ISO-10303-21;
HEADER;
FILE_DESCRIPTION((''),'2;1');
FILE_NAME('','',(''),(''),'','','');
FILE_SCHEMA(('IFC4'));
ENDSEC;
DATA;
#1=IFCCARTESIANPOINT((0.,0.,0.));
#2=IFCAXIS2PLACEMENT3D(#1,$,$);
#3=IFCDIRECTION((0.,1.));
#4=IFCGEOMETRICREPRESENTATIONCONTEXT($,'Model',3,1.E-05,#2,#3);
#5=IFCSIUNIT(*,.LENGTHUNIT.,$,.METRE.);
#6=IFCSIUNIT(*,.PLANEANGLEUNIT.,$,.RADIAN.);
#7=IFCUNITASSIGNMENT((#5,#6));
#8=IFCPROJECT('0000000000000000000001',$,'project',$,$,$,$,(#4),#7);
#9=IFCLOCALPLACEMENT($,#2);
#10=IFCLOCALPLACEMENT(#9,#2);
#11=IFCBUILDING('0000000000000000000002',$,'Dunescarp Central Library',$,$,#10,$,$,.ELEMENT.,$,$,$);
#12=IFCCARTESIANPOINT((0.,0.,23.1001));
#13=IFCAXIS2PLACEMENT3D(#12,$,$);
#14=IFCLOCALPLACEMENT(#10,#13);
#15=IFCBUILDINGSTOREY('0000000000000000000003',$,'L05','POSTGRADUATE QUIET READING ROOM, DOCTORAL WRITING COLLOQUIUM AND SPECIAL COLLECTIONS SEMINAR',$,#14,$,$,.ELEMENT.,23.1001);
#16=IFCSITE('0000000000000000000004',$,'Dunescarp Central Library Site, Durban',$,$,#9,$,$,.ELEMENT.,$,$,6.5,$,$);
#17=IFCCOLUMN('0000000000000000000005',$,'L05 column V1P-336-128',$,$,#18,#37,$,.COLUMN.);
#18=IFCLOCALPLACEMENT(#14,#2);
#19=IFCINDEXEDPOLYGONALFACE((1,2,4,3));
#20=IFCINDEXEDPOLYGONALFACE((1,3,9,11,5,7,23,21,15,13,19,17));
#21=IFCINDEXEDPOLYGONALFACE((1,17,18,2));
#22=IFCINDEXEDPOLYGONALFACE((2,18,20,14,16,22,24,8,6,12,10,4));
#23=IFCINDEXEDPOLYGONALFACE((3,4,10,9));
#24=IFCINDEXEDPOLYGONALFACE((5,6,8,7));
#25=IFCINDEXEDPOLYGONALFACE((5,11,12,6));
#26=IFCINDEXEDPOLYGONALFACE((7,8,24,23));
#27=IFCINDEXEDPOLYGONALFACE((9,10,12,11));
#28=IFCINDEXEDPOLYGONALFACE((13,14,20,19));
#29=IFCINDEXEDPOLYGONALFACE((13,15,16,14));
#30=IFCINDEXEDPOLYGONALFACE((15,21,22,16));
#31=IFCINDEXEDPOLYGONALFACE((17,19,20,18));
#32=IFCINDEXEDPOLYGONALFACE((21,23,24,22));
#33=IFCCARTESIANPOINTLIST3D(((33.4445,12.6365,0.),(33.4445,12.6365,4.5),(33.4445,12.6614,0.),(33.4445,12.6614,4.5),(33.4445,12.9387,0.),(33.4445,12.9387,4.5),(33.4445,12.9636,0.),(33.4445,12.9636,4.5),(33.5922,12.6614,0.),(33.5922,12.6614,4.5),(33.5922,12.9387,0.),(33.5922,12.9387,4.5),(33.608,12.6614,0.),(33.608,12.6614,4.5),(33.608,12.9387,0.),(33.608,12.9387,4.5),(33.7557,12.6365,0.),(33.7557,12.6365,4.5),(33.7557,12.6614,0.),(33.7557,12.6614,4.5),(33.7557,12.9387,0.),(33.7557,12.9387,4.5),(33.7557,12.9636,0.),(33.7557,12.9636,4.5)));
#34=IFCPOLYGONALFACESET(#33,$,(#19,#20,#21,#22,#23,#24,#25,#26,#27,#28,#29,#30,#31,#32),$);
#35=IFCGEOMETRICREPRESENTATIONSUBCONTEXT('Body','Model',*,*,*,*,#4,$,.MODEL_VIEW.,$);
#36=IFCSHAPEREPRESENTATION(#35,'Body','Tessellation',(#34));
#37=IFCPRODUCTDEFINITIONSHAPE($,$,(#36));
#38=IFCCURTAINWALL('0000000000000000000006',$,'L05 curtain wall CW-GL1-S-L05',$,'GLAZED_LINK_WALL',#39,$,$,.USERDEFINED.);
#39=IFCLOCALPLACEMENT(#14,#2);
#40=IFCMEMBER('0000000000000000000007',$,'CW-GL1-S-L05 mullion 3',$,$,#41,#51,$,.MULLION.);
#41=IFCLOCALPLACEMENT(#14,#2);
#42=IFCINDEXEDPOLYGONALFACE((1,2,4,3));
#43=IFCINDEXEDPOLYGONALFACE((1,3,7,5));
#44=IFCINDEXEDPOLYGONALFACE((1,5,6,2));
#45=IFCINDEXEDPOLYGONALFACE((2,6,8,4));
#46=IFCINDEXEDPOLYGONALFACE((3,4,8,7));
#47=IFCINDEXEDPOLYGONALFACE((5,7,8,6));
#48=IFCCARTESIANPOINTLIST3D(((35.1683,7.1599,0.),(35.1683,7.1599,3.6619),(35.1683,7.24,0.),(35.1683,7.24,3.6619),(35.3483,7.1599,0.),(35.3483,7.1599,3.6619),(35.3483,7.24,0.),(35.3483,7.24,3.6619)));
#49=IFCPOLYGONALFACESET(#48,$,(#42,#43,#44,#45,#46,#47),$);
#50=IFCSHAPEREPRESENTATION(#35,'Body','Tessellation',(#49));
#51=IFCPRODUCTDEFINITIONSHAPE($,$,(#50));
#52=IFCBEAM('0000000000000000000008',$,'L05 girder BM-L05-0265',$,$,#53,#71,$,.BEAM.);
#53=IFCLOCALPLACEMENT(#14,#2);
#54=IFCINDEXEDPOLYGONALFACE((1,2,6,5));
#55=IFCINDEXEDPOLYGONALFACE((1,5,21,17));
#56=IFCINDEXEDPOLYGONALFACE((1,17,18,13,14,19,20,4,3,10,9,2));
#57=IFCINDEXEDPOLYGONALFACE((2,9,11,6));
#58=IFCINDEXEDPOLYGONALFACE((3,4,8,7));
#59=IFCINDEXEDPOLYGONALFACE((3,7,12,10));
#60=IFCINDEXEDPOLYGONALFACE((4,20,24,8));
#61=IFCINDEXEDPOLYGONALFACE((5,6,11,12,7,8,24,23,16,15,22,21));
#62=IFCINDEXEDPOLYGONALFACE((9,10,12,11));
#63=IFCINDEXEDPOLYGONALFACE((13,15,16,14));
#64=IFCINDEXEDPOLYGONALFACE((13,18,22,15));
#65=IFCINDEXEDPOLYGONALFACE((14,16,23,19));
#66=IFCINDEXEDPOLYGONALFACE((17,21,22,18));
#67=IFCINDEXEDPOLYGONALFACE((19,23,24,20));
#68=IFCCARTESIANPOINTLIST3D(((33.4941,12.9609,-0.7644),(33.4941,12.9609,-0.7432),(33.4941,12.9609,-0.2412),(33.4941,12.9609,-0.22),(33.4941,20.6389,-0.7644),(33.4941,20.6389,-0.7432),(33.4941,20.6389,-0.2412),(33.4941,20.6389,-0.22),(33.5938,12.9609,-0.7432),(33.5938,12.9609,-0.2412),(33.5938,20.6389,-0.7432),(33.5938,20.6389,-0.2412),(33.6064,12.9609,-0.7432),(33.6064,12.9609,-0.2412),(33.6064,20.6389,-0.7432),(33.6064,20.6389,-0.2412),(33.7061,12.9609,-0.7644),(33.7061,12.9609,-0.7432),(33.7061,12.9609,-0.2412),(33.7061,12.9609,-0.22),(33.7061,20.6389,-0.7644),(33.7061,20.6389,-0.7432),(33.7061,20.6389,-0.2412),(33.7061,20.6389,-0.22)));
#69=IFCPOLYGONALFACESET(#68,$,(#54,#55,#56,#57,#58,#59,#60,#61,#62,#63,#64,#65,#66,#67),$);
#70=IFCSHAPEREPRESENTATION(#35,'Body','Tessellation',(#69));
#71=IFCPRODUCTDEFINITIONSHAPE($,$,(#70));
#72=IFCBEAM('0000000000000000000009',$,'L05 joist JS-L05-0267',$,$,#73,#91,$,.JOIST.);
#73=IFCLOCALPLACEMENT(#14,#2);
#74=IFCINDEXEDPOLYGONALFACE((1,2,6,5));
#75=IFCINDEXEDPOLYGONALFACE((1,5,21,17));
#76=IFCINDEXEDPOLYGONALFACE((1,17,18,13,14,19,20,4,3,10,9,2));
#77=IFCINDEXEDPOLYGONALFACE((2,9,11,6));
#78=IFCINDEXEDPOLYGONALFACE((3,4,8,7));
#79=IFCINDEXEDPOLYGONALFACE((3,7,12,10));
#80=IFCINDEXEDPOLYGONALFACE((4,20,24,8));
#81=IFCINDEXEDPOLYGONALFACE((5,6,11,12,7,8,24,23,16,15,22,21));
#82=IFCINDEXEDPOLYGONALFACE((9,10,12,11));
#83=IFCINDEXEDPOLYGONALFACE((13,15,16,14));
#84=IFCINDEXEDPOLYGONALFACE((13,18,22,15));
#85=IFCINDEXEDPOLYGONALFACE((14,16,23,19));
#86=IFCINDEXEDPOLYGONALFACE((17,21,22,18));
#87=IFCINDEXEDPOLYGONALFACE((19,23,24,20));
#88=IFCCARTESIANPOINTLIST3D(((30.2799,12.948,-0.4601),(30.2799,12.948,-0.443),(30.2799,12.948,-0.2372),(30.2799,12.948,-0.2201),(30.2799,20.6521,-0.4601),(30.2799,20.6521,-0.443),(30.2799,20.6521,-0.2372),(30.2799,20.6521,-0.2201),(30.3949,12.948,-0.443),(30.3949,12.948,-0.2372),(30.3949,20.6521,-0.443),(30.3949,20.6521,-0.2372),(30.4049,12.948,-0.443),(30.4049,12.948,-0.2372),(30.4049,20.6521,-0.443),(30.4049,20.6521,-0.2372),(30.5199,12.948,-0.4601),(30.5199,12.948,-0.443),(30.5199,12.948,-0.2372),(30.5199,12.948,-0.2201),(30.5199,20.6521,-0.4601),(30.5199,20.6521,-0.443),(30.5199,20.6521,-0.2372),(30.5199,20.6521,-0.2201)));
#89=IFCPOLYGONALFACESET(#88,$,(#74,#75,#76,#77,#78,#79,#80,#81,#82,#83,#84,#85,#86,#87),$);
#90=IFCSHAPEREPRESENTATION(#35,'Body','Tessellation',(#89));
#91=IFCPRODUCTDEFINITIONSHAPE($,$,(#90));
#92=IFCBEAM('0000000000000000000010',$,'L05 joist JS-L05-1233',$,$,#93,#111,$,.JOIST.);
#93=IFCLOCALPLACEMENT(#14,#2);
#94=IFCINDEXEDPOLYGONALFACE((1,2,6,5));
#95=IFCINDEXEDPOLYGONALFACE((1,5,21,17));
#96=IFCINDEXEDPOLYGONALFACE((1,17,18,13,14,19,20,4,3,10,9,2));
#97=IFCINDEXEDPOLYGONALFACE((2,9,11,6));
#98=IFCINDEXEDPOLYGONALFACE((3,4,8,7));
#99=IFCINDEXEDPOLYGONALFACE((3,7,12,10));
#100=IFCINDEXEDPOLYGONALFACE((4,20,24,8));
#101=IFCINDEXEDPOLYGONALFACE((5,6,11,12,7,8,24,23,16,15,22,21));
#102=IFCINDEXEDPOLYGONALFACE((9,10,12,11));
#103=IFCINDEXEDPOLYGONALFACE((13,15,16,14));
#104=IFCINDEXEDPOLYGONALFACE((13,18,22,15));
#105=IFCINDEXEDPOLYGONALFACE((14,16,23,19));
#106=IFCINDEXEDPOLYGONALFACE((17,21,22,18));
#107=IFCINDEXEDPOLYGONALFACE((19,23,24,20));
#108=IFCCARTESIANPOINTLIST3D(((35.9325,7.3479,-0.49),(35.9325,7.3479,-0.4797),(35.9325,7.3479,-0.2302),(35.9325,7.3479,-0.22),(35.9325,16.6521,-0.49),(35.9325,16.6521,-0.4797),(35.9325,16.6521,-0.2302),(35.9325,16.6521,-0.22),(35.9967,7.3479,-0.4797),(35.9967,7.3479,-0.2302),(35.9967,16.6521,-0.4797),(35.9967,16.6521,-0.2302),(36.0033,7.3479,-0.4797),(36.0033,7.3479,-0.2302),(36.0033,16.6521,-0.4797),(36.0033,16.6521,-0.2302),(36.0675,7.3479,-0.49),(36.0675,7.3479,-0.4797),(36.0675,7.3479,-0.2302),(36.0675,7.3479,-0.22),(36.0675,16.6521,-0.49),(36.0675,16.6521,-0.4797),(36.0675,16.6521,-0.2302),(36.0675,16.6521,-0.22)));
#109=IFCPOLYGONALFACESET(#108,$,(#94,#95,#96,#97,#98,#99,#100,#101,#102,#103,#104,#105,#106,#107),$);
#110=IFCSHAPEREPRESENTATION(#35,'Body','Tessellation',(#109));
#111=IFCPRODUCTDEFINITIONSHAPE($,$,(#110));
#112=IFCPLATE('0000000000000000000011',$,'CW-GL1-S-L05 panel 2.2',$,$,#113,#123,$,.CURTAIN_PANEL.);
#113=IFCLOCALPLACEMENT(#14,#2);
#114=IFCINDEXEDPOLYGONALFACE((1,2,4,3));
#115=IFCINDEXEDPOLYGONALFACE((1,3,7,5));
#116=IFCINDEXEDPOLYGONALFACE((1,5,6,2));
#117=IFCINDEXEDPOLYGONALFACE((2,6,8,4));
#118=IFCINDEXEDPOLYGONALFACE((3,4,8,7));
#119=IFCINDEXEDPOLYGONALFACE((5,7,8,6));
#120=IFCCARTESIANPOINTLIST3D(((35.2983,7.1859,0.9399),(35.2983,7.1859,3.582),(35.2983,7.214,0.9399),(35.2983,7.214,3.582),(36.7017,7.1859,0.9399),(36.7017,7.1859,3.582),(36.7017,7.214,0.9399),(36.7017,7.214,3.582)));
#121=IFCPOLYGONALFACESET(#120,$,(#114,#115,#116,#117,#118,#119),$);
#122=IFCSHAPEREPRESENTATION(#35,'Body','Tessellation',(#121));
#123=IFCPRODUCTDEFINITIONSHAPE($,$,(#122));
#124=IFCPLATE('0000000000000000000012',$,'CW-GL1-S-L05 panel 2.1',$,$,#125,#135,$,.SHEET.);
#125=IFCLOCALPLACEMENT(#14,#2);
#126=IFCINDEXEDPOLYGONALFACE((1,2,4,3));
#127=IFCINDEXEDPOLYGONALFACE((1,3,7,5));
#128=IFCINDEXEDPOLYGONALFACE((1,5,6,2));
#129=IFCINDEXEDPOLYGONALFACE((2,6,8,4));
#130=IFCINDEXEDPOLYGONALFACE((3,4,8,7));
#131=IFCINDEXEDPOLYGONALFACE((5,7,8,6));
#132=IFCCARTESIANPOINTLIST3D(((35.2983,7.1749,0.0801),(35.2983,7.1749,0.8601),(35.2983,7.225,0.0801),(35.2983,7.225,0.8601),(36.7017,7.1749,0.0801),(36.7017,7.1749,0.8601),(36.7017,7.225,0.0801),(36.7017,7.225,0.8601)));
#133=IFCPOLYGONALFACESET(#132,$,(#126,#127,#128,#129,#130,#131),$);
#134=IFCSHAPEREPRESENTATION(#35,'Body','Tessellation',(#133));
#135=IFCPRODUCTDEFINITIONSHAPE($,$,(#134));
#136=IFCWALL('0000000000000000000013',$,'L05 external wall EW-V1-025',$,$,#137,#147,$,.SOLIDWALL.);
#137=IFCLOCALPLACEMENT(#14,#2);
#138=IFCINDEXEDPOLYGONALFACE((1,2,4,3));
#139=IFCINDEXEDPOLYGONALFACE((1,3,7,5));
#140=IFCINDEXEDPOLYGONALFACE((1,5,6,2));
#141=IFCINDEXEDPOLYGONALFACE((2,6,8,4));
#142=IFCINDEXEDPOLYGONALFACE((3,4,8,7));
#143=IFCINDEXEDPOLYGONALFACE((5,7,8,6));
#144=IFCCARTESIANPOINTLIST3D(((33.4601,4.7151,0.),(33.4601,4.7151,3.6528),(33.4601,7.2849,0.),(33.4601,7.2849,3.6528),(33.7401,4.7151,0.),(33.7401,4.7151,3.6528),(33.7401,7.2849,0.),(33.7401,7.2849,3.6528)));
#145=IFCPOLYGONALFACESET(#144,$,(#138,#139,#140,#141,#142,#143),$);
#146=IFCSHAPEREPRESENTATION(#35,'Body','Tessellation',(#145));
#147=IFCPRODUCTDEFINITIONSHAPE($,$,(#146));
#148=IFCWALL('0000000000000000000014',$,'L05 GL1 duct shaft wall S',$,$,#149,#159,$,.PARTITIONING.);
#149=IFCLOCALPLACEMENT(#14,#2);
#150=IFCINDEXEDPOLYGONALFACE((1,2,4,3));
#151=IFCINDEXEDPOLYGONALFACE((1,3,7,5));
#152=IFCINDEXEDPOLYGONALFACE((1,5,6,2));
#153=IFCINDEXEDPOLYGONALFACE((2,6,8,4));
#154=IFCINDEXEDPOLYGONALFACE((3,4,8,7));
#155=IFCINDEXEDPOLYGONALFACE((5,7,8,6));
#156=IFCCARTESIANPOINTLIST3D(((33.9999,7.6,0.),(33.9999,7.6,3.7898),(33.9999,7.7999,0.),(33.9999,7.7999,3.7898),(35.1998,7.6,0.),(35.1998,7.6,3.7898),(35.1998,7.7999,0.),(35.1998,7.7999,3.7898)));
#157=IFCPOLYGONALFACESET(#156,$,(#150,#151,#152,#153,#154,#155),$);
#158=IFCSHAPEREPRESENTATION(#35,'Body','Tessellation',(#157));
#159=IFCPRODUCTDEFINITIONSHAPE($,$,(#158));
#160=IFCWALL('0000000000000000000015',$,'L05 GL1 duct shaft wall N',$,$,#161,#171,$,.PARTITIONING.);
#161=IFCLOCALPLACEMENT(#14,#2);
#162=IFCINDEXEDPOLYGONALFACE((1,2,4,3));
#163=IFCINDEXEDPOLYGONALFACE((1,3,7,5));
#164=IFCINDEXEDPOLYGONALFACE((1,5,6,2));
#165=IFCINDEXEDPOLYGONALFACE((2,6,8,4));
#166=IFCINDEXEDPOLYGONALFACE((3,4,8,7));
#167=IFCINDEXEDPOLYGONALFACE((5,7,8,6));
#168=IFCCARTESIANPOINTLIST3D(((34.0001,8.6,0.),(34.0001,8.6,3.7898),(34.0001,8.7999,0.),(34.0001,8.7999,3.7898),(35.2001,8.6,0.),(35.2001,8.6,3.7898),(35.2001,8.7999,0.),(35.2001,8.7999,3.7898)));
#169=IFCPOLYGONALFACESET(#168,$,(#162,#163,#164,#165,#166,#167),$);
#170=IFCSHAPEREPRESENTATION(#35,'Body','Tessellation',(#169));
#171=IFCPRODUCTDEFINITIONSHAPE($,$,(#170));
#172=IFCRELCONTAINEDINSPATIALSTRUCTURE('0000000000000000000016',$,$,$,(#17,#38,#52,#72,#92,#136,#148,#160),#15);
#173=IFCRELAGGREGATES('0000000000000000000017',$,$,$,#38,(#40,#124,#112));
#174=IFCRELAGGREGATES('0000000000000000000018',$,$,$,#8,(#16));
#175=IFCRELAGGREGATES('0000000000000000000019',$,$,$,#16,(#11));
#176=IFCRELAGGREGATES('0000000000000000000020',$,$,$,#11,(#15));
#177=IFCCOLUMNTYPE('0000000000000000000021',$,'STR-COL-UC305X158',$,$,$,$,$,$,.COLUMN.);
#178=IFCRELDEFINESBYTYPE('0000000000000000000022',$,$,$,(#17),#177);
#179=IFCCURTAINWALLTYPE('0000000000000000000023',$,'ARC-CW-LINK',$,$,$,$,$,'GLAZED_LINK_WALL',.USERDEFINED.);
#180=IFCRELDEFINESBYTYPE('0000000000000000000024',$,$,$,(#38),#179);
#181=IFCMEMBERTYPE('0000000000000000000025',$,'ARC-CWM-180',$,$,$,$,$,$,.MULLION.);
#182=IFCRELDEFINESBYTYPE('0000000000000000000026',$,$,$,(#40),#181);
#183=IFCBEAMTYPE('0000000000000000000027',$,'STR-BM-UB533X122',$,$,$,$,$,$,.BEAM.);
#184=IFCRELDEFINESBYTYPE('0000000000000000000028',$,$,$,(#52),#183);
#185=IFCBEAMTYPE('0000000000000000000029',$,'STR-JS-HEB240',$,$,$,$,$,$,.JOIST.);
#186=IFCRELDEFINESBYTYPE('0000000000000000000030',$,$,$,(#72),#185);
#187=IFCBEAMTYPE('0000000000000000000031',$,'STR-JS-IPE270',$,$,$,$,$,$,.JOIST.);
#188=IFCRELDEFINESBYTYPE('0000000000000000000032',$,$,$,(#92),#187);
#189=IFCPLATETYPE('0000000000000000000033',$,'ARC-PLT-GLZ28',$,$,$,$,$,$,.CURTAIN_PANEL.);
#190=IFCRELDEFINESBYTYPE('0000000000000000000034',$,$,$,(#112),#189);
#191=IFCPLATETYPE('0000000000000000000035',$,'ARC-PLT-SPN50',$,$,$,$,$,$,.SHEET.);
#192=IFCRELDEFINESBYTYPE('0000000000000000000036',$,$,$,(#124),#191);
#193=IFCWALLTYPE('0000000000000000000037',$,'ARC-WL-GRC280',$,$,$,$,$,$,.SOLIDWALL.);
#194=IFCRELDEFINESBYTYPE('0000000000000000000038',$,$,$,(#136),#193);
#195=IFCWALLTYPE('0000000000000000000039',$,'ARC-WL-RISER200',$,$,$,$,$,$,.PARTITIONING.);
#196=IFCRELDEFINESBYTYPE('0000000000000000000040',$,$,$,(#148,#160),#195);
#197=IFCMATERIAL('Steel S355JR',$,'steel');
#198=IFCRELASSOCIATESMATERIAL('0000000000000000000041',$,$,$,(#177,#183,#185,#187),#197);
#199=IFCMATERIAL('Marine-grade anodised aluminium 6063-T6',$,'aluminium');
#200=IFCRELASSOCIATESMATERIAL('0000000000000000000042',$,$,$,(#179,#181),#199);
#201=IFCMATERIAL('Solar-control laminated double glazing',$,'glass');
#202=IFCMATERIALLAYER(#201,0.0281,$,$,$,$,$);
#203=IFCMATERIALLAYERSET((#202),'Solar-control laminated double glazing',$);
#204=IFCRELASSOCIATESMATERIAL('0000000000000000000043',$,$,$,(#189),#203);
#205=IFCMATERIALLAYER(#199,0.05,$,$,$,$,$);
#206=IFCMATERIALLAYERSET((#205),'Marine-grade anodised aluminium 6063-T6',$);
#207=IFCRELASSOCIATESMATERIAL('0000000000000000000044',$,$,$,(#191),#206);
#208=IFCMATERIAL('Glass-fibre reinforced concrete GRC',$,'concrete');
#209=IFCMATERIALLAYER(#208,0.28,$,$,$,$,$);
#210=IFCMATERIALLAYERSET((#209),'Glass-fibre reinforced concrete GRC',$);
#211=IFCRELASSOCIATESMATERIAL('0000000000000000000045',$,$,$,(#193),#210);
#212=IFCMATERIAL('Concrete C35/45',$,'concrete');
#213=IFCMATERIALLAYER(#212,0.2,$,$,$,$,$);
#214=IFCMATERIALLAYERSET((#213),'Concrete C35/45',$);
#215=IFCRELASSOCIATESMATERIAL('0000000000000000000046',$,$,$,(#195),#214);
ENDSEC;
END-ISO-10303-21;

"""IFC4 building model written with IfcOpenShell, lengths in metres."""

from ifc_helpers import new_model, si_unit, direction, frame, frame_2d, origin, origin_2d, place, context, subcontext, project, spatial, rectangle, i_section, extrude, material, layer, layer_set, material_profile, profile_set, type_object, element, aggregate, save


model = new_model("IFC4")

# Units and contexts
model_context = context("Model", 3, precision=1e-05, world=origin(), true_north=direction((0.0, 1.0)))
body_context = subcontext(model_context, "Body", "Model", "MODEL_VIEW")
ifc_project = project(units=[si_unit("LENGTHUNIT", "METRE"), si_unit("PLANEANGLEUNIT", "RADIAN")], contexts=[model_context])

# Site, building, storey
site_placement = place(None, origin())
site = spatial("IfcSite", under=ifc_project, at=site_placement, Name="Dunescarp Central Library Site, Durban", CompositionType="ELEMENT", RefElevation=6.5)
building_placement = place(site_placement, origin())
building = spatial("IfcBuilding", under=site, at=building_placement, Name="Dunescarp Central Library", CompositionType="ELEMENT")
storey_placement = place(building_placement, frame((0.0, 0.0, 23.1001)))
storey = spatial("IfcBuildingStorey", under=building, at=storey_placement, Name="L05", Description="POSTGRADUATE QUIET READING ROOM, DOCTORAL WRITING COLLOQUIUM AND SPECIAL COLLECTIONS SEMINAR", CompositionType="ELEMENT", Elevation=23.1001)

# Column
ifc_material_1 = material(Name="Steel S355JR", Category="steel")
ifc_material_profile_1 = material_profile(ifc_material_1, i_section(OverallWidth=0.3113, OverallDepth=0.3271, WebThickness=0.0159, FlangeThickness=0.0249, at=origin_2d()), Name="UC 305x305x158")
ifc_profile_set_1 = profile_set([ifc_material_profile_1], Name="Steel S355JR")
column_type = type_object("IfcColumnType", Name="STR-COL-UC305X158", PredefinedType="COLUMN", material=ifc_profile_set_1)
column_placement = place(storey_placement, frame((33.6001, 12.8, 0.0), z_axis=(0.0, 0.0, 1.0), x_axis=(1.0, 0.0, 0.0)))
element("IfcColumn", 1, at=column_placement, inside=storey, type_object=column_type, Name="L05 column V1P-336-128", PredefinedType="COLUMN", context=body_context, shape_type="SweptSolid", body=[
    extrude(i_section(OverallWidth=0.3113, OverallDepth=0.3271, WebThickness=0.0159, FlangeThickness=0.0249, at=origin_2d()), origin(), (0.0, 0.0, 1.0), 4.5),
])

# Curtain wall, member
ifc_material_2 = material(Name="Marine-grade anodised aluminium 6063-T6", Category="aluminium")
curtain_wall_type = type_object("IfcCurtainWallType", Name="ARC-CW-LINK", ElementType="GLAZED_LINK_WALL", PredefinedType="USERDEFINED", material=ifc_material_2)
curtain_wall_placement = place(storey_placement, origin())
curtain_wall = element("IfcCurtainWall", 2, at=curtain_wall_placement, inside=storey, type_object=curtain_wall_type, Name="L05 curtain wall CW-GL1-S-L05", ObjectType="GLAZED_LINK_WALL", PredefinedType="USERDEFINED")
ifc_material_profile_2 = material_profile(ifc_material_2, rectangle(XDim=0.0801, YDim=0.1799, at=origin_2d()), Name="AL 80x180")
ifc_profile_set_2 = profile_set([ifc_material_profile_2], Name="Marine-grade anodised aluminium 6063-T6")
member_type = type_object("IfcMemberType", Name="ARC-CWM-180", PredefinedType="MULLION", material=ifc_profile_set_2)
member_placement = place(storey_placement, frame((35.2583, 7.2, 0.0), z_axis=(0.0, 0.0, 1.0), x_axis=(0.0, -1.0, 0.0)))
member = element("IfcMember", 3, at=member_placement, type_object=member_type, Name="CW-GL1-S-L05 mullion 3", PredefinedType="MULLION", context=body_context, shape_type="SweptSolid", body=[
    extrude(rectangle(XDim=0.0801, YDim=0.1799, at=origin_2d()), origin(), (0.0, 0.0, 1.0), 3.6619),
])

# Beams
ifc_material_profile_3 = material_profile(ifc_material_1, i_section(OverallWidth=0.2119, OverallDepth=0.5444, WebThickness=0.0127, FlangeThickness=0.0212, at=origin_2d()), Name="UB 533x210x122")
ifc_profile_set_3 = profile_set([ifc_material_profile_3], Name="Steel S355JR")
beam_type_1 = type_object("IfcBeamType", Name="STR-BM-UB533X122", PredefinedType="BEAM", material=ifc_profile_set_3)
beam_1_placement = place(storey_placement, frame((33.6001, 12.9609, -0.4922), z_axis=(0.0, 1.0, 0.0), x_axis=(-1.0, 0.0, 0.0)))
element("IfcBeam", 4, at=beam_1_placement, inside=storey, type_object=beam_type_1, Name="L05 girder BM-L05-0265", PredefinedType="BEAM", context=body_context, shape_type="SweptSolid", body=[
    extrude(i_section(OverallWidth=0.2119, OverallDepth=0.5444, WebThickness=0.0127, FlangeThickness=0.0212, at=origin_2d()), origin(), (0.0, 0.0, 1.0), 7.678),
])
ifc_material_profile_4 = material_profile(ifc_material_1, i_section(OverallWidth=0.24, OverallDepth=0.24, WebThickness=0.01, FlangeThickness=0.0171, at=origin_2d()), Name="HEB 240")
ifc_profile_set_4 = profile_set([ifc_material_profile_4], Name="Steel S355JR")
beam_type_2 = type_object("IfcBeamType", Name="STR-JS-HEB240", PredefinedType="JOIST", material=ifc_profile_set_4)
beam_2_placement = place(storey_placement, frame((30.3999, 12.948, -0.3401), z_axis=(0.0, 1.0, 0.0), x_axis=(-1.0, 0.0, 0.0)))
element("IfcBeam", 5, at=beam_2_placement, inside=storey, type_object=beam_type_2, Name="L05 joist JS-L05-0267", PredefinedType="JOIST", context=body_context, shape_type="SweptSolid", body=[
    extrude(i_section(OverallWidth=0.24, OverallDepth=0.24, WebThickness=0.01, FlangeThickness=0.0171, at=origin_2d()), origin(), (0.0, 0.0, 1.0), 7.7041),
])
ifc_material_profile_5 = material_profile(ifc_material_1, i_section(OverallWidth=0.135, OverallDepth=0.27, WebThickness=0.0066, FlangeThickness=0.0103, at=origin_2d()), Name="IPE 270")
ifc_profile_set_5 = profile_set([ifc_material_profile_5], Name="Steel S355JR")
beam_type_3 = type_object("IfcBeamType", Name="STR-JS-IPE270", PredefinedType="JOIST", material=ifc_profile_set_5)
beam_3_placement = place(storey_placement, frame((36.0, 7.3479, -0.355), z_axis=(0.0, 1.0, 0.0), x_axis=(-1.0, 0.0, 0.0)))
element("IfcBeam", 6, at=beam_3_placement, inside=storey, type_object=beam_type_3, Name="L05 joist JS-L05-1233", PredefinedType="JOIST", context=body_context, shape_type="SweptSolid", body=[
    extrude(i_section(OverallWidth=0.135, OverallDepth=0.27, WebThickness=0.0066, FlangeThickness=0.0103, at=origin_2d()), origin(), (0.0, 0.0, 1.0), 9.3042),
])

# Plates
ifc_material_3 = material(Name="Solar-control laminated double glazing", Category="glass")
ifc_layer_1 = layer(ifc_material_3, 0.0281)
ifc_layer_set_1 = layer_set([ifc_layer_1], Name="Solar-control laminated double glazing")
plate_type_1 = type_object("IfcPlateType", Name="ARC-PLT-GLZ28", PredefinedType="CURTAIN_PANEL", material=ifc_layer_set_1)
plate_1_placement = place(storey_placement, frame((36.0, 7.2, 0.9399), z_axis=(0.0, 0.0, 1.0), x_axis=(-1.0, 0.0, 0.0)))
plate_1 = element("IfcPlate", 7, at=plate_1_placement, type_object=plate_type_1, Name="CW-GL1-S-L05 panel 2.2", PredefinedType="CURTAIN_PANEL", context=body_context, shape_type="SweptSolid", body=[
    extrude(rectangle(XDim=1.4033, YDim=0.0281, at=origin_2d()), origin(), (0.0, 0.0, 1.0), 2.6421),
])
ifc_layer_2 = layer(ifc_material_2, 0.05)
ifc_layer_set_2 = layer_set([ifc_layer_2], Name="Marine-grade anodised aluminium 6063-T6")
plate_type_2 = type_object("IfcPlateType", Name="ARC-PLT-SPN50", PredefinedType="SHEET", material=ifc_layer_set_2)
plate_2_placement = place(storey_placement, frame((36.0, 7.2, 0.0801), z_axis=(0.0, 0.0, 1.0), x_axis=(-1.0, 0.0, 0.0)))
plate_2 = element("IfcPlate", 8, at=plate_2_placement, type_object=plate_type_2, Name="CW-GL1-S-L05 panel 2.1", PredefinedType="SHEET", context=body_context, shape_type="SweptSolid", body=[
    extrude(rectangle(XDim=1.4033, YDim=0.05, at=origin_2d()), origin(), (0.0, 0.0, 1.0), 0.78),
])
aggregate(curtain_wall, [member, plate_2, plate_1])

# Walls
ifc_material_4 = material(Name="Glass-fibre reinforced concrete GRC", Category="concrete")
ifc_layer_3 = layer(ifc_material_4, 0.28)
ifc_layer_set_3 = layer_set([ifc_layer_3], Name="Glass-fibre reinforced concrete GRC")
wall_type_1 = type_object("IfcWallType", Name="ARC-WL-GRC280", PredefinedType="SOLIDWALL", material=ifc_layer_set_3)
wall_1_placement = place(storey_placement, frame((33.6001, 7.2849, 0.0), z_axis=(0.0, 0.0, 1.0), x_axis=(0.0, -1.0, 0.0)))
element("IfcWall", 9, at=wall_1_placement, inside=storey, type_object=wall_type_1, Name="L05 external wall EW-V1-025", PredefinedType="SOLIDWALL", context=body_context, shape_type="SweptSolid", body=[
    extrude(rectangle(XDim=2.5698, YDim=0.28, at=frame_2d((1.2849, 0.0))), origin(), (0.0, 0.0, 1.0), 3.6528),
])
ifc_material_5 = material(Name="Concrete C35/45", Category="concrete")
ifc_layer_4 = layer(ifc_material_5, 0.2)
ifc_layer_set_4 = layer_set([ifc_layer_4], Name="Concrete C35/45")
wall_type_2 = type_object("IfcWallType", Name="ARC-WL-RISER200", PredefinedType="PARTITIONING", material=ifc_layer_set_4)
for number, where, z_axis, x_axis, name in (
    (10, (35.2, 7.7, 0.0), (0.0, 0.0, 1.0), (-1.0, 0.0, 0.0), "L05 GL1 duct shaft wall S"),
    (11, (34.0, 8.7, 0.0), (0.0, 0.0, 1.0), (1.0, 0.0, 0.0), "L05 GL1 duct shaft wall N"),
):
    element("IfcWall", number, at=place(storey_placement, frame(where, z_axis=z_axis, x_axis=x_axis)), inside=storey, type_object=wall_type_2, Name=name, PredefinedType="PARTITIONING", context=body_context, shape_type="SweptSolid", body=[
        extrude(rectangle(XDim=1.2, YDim=0.2, at=frame_2d((0.6001, 0.0))), origin(), (0.0, 0.0, 1.0), 3.7898),
    ])

save(model, "model.ifc")
